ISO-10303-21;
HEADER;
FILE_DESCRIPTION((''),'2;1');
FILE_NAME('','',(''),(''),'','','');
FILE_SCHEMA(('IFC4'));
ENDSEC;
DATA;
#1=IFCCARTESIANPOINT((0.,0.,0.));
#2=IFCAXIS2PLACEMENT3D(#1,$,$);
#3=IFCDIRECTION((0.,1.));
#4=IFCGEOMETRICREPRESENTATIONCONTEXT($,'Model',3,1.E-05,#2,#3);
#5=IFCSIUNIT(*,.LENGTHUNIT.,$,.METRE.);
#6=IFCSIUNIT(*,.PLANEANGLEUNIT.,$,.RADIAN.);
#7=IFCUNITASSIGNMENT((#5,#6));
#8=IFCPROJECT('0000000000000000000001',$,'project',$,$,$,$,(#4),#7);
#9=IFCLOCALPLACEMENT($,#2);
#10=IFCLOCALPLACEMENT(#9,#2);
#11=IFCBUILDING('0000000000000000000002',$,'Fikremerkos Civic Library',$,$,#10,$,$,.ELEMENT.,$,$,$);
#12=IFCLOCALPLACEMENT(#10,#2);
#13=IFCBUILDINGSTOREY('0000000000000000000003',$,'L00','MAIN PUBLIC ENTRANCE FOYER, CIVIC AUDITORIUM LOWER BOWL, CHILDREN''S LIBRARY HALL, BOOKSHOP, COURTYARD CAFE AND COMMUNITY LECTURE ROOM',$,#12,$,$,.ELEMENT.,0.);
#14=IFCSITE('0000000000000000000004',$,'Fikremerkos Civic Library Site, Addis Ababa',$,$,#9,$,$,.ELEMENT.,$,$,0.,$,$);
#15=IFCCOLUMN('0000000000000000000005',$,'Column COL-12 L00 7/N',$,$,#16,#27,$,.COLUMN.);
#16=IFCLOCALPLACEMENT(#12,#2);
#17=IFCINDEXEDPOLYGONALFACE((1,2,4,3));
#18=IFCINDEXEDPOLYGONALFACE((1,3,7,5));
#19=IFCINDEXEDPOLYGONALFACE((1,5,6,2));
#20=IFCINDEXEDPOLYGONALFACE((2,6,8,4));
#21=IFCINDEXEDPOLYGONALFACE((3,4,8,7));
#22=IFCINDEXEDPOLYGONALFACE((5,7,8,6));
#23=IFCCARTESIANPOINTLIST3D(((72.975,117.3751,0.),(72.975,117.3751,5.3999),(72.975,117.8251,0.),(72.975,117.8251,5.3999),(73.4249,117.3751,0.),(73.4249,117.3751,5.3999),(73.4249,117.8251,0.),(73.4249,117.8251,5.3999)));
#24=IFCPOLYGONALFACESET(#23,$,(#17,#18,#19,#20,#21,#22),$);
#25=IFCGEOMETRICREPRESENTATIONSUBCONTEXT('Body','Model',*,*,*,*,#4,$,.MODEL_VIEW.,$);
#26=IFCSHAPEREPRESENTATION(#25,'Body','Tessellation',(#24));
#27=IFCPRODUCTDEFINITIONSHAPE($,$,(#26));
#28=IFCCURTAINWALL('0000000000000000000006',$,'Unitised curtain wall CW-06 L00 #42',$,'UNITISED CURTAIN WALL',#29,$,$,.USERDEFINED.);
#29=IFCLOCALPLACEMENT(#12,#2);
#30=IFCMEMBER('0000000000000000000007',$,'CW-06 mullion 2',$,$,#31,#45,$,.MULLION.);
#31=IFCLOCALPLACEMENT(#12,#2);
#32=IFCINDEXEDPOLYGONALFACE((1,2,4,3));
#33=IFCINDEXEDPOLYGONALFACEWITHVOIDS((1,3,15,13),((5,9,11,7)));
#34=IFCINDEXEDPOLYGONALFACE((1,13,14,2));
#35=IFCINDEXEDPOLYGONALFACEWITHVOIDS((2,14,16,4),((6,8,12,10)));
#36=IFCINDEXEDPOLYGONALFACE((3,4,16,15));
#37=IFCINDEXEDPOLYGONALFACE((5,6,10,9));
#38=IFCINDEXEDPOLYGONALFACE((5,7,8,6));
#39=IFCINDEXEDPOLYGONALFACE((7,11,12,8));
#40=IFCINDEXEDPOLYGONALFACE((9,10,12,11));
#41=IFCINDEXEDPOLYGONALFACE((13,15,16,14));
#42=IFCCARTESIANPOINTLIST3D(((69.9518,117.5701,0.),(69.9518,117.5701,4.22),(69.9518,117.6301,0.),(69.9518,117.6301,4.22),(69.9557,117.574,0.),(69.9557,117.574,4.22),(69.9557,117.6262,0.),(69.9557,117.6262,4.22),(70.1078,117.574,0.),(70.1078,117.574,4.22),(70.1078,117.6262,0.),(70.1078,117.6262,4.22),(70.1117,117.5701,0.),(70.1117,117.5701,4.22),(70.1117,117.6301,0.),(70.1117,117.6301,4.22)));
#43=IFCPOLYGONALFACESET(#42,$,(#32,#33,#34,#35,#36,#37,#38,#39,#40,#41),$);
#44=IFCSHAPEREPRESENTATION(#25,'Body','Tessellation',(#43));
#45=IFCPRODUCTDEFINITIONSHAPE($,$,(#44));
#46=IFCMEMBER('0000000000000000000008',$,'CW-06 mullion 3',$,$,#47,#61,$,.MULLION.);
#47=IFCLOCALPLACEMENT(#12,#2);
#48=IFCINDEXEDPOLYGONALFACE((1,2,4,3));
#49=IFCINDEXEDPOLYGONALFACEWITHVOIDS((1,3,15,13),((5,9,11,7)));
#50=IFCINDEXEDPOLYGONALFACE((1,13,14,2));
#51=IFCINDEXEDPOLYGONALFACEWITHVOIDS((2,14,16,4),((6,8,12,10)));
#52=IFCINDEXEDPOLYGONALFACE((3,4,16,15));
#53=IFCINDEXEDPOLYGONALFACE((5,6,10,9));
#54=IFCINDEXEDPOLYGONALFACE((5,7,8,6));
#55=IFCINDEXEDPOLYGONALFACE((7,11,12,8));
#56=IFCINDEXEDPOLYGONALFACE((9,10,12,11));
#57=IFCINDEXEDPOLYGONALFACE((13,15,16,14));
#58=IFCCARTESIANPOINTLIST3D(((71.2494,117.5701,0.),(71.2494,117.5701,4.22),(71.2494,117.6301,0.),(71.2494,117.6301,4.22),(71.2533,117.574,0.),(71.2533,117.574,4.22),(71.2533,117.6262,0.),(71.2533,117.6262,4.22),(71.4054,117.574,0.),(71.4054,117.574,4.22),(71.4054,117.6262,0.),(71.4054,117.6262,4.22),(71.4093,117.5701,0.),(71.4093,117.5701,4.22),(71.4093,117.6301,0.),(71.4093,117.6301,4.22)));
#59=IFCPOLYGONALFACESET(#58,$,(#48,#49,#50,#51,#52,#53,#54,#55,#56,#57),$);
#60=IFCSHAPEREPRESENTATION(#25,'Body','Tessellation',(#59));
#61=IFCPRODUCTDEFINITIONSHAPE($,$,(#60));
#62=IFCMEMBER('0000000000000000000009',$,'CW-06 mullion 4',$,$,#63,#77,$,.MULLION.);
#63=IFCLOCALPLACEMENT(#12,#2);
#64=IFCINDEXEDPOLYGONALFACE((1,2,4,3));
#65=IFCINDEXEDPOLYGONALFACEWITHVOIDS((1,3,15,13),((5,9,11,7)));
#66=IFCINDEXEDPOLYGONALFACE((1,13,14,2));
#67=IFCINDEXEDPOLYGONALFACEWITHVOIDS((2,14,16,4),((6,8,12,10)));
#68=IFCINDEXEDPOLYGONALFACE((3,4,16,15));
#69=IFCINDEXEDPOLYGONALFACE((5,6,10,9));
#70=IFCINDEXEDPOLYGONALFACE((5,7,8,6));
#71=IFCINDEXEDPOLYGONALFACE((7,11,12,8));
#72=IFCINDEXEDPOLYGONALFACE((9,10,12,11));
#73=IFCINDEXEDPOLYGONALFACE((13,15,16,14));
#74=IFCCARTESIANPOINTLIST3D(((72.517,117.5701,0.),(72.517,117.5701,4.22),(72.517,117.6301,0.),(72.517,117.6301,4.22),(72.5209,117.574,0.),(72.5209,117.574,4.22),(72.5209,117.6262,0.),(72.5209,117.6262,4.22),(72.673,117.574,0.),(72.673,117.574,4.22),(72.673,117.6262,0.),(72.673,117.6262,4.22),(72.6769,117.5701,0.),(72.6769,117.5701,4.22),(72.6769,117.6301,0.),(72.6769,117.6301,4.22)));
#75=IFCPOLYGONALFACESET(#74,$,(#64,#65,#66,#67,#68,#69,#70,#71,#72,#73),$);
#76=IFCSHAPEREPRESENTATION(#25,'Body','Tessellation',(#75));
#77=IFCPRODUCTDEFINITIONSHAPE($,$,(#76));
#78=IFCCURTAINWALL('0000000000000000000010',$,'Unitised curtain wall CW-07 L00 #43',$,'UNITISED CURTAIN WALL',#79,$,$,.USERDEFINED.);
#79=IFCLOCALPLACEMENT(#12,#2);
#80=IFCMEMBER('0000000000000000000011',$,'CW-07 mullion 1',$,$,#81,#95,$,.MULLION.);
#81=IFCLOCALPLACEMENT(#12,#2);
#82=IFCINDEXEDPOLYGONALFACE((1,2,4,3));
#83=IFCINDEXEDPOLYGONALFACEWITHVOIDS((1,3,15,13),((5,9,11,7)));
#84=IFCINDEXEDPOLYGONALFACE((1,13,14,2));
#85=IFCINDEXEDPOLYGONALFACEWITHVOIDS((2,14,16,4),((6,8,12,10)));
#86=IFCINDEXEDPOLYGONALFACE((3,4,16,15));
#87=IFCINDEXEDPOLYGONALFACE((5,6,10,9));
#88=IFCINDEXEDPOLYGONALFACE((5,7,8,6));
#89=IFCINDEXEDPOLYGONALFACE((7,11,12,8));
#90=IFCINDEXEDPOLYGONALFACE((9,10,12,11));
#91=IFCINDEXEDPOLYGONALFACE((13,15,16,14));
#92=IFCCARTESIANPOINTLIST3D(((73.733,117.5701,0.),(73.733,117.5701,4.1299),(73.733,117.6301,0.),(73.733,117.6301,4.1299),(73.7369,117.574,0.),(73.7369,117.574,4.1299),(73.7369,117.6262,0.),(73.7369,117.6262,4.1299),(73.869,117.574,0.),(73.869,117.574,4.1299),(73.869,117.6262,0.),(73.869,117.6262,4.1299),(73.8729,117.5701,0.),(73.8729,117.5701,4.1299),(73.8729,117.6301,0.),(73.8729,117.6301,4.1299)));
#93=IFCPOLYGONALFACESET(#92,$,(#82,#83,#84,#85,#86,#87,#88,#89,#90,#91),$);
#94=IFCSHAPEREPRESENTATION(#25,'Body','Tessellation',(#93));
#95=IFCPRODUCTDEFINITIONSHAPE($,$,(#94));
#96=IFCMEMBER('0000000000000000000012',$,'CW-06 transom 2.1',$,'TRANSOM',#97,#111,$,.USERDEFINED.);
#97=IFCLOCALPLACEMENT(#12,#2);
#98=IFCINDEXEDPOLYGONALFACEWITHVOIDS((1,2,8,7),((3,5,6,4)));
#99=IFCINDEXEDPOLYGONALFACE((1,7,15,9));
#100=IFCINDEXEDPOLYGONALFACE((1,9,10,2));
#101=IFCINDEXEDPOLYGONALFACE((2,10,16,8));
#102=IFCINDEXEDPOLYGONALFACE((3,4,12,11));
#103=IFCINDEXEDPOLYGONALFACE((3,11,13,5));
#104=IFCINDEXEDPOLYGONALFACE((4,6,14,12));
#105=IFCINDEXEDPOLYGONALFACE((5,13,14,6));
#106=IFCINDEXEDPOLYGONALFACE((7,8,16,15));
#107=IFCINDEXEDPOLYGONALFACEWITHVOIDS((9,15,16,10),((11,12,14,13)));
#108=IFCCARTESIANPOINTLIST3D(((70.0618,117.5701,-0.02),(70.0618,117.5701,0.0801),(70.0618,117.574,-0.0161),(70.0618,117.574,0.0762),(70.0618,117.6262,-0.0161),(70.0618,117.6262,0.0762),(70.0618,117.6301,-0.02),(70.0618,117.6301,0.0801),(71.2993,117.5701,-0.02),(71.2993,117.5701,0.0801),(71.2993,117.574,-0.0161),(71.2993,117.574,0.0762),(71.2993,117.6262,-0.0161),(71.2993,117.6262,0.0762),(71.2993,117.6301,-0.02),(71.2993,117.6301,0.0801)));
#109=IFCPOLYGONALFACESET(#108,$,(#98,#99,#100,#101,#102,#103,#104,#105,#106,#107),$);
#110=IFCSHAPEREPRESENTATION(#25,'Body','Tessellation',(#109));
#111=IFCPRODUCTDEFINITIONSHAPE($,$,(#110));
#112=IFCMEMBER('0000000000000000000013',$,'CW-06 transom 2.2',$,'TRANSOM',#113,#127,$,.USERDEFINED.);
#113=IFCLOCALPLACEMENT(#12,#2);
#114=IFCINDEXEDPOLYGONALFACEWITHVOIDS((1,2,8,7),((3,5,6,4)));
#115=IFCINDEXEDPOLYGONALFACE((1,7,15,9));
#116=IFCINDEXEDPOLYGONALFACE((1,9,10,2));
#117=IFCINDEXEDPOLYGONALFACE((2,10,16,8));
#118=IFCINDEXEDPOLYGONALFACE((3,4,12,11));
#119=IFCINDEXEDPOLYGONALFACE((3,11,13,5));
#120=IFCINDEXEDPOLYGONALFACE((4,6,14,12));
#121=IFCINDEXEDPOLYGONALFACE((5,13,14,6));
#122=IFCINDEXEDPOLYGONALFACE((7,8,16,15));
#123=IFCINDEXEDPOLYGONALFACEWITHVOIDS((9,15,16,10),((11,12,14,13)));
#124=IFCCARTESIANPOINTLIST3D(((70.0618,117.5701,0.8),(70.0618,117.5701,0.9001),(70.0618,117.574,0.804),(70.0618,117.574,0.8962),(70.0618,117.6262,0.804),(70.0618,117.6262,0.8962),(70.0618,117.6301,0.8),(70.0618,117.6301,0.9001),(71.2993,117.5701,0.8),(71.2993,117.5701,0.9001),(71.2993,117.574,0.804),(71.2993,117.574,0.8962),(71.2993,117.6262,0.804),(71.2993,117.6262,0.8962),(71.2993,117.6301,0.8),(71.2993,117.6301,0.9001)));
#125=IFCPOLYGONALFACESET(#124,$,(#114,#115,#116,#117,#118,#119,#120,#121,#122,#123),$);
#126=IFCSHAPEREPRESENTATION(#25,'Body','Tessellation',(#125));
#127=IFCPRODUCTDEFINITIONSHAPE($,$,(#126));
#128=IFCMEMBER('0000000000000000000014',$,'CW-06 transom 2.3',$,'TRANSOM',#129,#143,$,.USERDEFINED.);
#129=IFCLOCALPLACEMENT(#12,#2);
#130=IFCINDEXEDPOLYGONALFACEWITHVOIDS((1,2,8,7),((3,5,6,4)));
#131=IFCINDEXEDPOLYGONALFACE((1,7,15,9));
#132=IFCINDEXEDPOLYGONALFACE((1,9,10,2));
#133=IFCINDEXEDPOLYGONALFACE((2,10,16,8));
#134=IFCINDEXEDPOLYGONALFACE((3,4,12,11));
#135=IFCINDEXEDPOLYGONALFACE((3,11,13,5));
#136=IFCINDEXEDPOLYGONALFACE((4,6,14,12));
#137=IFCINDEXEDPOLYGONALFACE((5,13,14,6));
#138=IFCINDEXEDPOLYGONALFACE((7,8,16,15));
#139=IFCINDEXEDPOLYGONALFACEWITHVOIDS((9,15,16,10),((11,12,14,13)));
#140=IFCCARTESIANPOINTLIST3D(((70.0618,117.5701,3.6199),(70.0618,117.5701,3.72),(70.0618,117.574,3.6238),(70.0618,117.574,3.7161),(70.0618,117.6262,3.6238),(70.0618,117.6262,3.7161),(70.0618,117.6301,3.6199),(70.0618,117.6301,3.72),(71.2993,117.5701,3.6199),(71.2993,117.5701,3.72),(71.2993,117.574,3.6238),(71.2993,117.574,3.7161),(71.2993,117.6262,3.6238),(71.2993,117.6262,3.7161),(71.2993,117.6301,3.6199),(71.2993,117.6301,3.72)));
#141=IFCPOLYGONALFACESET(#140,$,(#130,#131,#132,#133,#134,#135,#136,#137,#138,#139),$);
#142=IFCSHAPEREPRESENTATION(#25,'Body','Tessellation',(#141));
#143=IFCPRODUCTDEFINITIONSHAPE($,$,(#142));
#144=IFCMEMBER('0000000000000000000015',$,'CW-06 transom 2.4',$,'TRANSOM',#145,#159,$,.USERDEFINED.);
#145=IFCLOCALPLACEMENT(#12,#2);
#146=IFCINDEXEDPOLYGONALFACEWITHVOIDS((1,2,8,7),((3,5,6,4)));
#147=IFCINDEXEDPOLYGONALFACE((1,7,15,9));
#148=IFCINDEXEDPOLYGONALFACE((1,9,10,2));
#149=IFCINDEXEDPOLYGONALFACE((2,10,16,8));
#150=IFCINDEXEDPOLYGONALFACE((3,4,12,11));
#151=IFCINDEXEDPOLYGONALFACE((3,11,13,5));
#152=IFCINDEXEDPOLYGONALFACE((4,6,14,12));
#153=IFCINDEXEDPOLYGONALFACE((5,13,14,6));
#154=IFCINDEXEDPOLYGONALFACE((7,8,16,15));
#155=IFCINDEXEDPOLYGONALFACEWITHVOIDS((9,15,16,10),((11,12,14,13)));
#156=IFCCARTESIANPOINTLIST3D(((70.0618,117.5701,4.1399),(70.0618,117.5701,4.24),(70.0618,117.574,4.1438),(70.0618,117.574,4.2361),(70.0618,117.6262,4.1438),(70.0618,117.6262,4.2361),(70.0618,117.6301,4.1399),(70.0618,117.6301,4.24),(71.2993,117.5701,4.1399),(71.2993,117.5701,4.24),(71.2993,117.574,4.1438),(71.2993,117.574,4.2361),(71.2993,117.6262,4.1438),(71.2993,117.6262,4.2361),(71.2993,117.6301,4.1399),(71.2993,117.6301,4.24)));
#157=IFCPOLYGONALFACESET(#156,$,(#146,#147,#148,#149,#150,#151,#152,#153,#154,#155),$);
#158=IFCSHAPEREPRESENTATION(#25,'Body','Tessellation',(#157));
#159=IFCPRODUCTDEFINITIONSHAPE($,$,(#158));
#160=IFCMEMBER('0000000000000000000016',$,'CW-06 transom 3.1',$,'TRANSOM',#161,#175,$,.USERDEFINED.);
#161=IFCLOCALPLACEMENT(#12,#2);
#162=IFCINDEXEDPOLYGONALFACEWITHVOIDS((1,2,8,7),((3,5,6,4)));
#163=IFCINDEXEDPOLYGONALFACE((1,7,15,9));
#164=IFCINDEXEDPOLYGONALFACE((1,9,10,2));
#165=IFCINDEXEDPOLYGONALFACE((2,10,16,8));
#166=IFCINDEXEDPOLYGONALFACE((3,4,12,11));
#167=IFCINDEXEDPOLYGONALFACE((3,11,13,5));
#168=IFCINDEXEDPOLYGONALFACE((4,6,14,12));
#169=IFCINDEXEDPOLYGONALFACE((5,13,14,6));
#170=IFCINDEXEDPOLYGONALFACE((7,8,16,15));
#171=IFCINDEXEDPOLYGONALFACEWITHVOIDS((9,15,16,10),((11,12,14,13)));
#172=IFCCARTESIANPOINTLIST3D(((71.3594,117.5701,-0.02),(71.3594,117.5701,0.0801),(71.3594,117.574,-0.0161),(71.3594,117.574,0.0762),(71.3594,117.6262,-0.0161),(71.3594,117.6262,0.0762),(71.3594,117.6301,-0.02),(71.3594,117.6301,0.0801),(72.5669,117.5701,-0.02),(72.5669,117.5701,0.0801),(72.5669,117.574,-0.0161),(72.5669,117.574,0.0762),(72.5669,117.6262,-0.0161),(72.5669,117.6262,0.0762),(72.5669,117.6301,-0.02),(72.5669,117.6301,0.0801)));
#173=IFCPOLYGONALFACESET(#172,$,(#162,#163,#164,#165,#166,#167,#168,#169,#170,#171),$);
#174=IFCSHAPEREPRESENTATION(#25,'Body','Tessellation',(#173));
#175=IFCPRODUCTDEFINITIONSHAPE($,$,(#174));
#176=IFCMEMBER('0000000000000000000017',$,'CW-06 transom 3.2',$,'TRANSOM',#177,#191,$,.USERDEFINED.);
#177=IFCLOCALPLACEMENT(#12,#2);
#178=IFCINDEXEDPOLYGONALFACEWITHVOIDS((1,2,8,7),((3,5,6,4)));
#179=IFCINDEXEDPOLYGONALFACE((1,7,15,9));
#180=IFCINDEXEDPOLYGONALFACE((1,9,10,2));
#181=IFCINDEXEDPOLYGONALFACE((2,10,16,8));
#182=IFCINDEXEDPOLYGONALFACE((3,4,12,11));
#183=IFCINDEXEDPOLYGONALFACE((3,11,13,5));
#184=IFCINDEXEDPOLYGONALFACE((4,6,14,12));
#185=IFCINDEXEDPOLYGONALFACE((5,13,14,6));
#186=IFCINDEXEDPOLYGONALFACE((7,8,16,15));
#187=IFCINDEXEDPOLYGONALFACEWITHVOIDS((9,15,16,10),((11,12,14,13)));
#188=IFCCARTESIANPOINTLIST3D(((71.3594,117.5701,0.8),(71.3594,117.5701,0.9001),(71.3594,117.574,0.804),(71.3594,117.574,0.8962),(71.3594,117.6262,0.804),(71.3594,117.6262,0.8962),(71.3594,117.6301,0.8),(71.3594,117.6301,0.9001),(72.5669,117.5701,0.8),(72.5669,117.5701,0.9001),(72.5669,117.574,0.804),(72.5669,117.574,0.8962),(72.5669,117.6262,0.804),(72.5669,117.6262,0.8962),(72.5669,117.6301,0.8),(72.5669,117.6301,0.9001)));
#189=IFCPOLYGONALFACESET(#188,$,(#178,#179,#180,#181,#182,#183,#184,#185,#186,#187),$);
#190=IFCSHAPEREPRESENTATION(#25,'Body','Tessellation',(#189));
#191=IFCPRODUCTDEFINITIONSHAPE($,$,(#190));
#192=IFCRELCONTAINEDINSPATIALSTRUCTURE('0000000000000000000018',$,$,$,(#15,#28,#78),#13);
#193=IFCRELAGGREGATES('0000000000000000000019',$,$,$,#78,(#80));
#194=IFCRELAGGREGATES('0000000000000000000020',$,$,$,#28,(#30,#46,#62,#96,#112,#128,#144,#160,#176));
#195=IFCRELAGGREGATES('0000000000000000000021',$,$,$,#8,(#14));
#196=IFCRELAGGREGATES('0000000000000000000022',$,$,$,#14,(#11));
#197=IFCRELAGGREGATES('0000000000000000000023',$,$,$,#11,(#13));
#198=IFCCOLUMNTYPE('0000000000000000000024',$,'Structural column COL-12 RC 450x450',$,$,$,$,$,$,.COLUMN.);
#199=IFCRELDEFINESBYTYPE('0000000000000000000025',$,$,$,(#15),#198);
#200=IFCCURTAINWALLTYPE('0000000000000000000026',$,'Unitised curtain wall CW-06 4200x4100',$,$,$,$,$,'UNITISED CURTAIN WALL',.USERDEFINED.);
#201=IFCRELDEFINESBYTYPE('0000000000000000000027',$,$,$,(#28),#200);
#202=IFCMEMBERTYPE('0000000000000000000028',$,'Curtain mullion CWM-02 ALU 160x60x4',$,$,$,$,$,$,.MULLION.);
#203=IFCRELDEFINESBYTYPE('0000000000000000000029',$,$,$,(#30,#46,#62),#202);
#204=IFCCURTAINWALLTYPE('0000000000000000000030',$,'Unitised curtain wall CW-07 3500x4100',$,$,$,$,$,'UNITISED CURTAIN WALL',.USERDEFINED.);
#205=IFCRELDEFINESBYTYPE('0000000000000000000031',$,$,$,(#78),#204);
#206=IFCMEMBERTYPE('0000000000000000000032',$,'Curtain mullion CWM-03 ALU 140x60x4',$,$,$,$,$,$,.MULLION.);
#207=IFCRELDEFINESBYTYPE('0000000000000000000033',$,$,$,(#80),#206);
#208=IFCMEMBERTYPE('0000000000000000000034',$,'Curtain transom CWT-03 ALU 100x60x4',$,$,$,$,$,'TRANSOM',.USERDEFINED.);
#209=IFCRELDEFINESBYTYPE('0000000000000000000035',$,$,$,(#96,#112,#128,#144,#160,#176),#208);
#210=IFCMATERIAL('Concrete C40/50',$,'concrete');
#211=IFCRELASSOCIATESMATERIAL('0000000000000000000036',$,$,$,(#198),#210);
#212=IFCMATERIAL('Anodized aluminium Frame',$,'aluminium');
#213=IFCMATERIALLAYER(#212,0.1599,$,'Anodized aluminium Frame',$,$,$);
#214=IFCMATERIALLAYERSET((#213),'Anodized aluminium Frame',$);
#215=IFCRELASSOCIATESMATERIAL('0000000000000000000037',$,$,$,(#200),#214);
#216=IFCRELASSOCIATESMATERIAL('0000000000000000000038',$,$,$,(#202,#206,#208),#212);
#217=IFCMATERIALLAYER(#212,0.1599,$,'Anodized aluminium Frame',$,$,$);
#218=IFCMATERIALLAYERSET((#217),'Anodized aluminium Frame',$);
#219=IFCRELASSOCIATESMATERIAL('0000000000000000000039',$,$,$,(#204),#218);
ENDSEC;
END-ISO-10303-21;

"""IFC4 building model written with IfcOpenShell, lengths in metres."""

from ifc_helpers import new_model, si_unit, direction, frame, origin, origin_2d, place, context, subcontext, project, spatial, rectangle, hollow_rectangle, extrude, material, layer, layer_set, material_profile, profile_set, type_object, element, aggregate, save


model = new_model("IFC4")

# Units and contexts
model_context = context("Model", 3, precision=1e-05, world=origin(), true_north=direction((0.0, 1.0)))
body_context = subcontext(model_context, "Body", "Model", "MODEL_VIEW")
ifc_project = project(units=[si_unit("LENGTHUNIT", "METRE"), si_unit("PLANEANGLEUNIT", "RADIAN")], contexts=[model_context])

# Site, building, storey
site_placement = place(None, origin())
site = spatial("IfcSite", under=ifc_project, at=site_placement, Name="Fikremerkos Civic Library Site, Addis Ababa", CompositionType="ELEMENT", RefElevation=0.0)
building_placement = place(site_placement, origin())
building = spatial("IfcBuilding", under=site, at=building_placement, Name="Fikremerkos Civic Library", CompositionType="ELEMENT")
storey_placement = place(building_placement, origin())
storey = spatial("IfcBuildingStorey", under=building, at=storey_placement, Name="L00", Description="MAIN PUBLIC ENTRANCE FOYER, CIVIC AUDITORIUM LOWER BOWL, CHILDREN'S LIBRARY HALL, BOOKSHOP, COURTYARD CAFE AND COMMUNITY LECTURE ROOM", CompositionType="ELEMENT", Elevation=0.0)

# Column
ifc_material_1 = material(Name="Concrete C40/50", Category="concrete")
ifc_material_profile_1 = material_profile(ifc_material_1, rectangle(XDim=0.45, YDim=0.45, at=origin_2d()), Name="RC 450x450")
ifc_profile_set_1 = profile_set([ifc_material_profile_1], Name="Concrete C40/50")
column_type = type_object("IfcColumnType", Name="Structural column COL-12 RC 450x450", PredefinedType="COLUMN", material=ifc_profile_set_1)
column_placement = place(storey_placement, frame((73.2, 117.6001, 0.0), z_axis=(0.0, 0.0, 1.0), x_axis=(1.0, 0.0, 0.0)))
element("IfcColumn", 1, at=column_placement, inside=storey, type_object=column_type, Name="Column COL-12 L00 7/N", PredefinedType="COLUMN", context=body_context, shape_type="SweptSolid", body=[
    extrude(rectangle(XDim=0.45, YDim=0.45, at=origin_2d()), origin(), (0.0, 0.0, 1.0), 5.3999),
])

# Curtain wall, members
ifc_material_2 = material(Name="Anodized aluminium Frame", Category="aluminium")
ifc_layer_1 = layer(ifc_material_2, 0.1599, Name="Anodized aluminium Frame")
ifc_layer_set_1 = layer_set([ifc_layer_1], Name="Anodized aluminium Frame")
curtain_wall_type_1 = type_object("IfcCurtainWallType", Name="Unitised curtain wall CW-06 4200x4100", ElementType="UNITISED CURTAIN WALL", PredefinedType="USERDEFINED", material=ifc_layer_set_1)
curtain_wall_1_placement = place(storey_placement, origin())
curtain_wall_1 = element("IfcCurtainWall", 2, at=curtain_wall_1_placement, inside=storey, type_object=curtain_wall_type_1, Name="Unitised curtain wall CW-06 L00 #42", ObjectType="UNITISED CURTAIN WALL", PredefinedType="USERDEFINED")
ifc_material_profile_2 = material_profile(ifc_material_2, hollow_rectangle(XDim=0.0601, YDim=0.1599, WallThickness=0.0039, at=origin_2d()), Name="ALU 160x60x4")
ifc_profile_set_2 = profile_set([ifc_material_profile_2], Name="Anodized aluminium Frame")
member_type_1 = type_object("IfcMemberType", Name="Curtain mullion CWM-02 ALU 160x60x4", PredefinedType="MULLION", material=ifc_profile_set_2)
member_1_placement = place(storey_placement, frame((70.0317, 117.6001, 0.0), z_axis=(0.0, 0.0, 1.0), x_axis=(0.0, 1.0, 0.0)))
member_1 = element("IfcMember", 3, at=member_1_placement, type_object=member_type_1, Name="CW-06 mullion 2", PredefinedType="MULLION", context=body_context, shape_type="SweptSolid", body=[
    extrude(hollow_rectangle(XDim=0.0601, YDim=0.1599, WallThickness=0.0039, at=origin_2d()), origin(), (0.0, 0.0, 1.0), 4.22),
])
member_2_placement = place(storey_placement, frame((71.3293, 117.6001, 0.0), z_axis=(0.0, 0.0, 1.0), x_axis=(0.0, 1.0, 0.0)))
member_2 = element("IfcMember", 4, at=member_2_placement, type_object=member_type_1, Name="CW-06 mullion 3", PredefinedType="MULLION", context=body_context, shape_type="SweptSolid", body=[
    extrude(hollow_rectangle(XDim=0.0601, YDim=0.1599, WallThickness=0.0039, at=origin_2d()), origin(), (0.0, 0.0, 1.0), 4.22),
])
member_3_placement = place(storey_placement, frame((72.5969, 117.6001, 0.0), z_axis=(0.0, 0.0, 1.0), x_axis=(0.0, 1.0, 0.0)))
member_3 = element("IfcMember", 5, at=member_3_placement, type_object=member_type_1, Name="CW-06 mullion 4", PredefinedType="MULLION", context=body_context, shape_type="SweptSolid", body=[
    extrude(hollow_rectangle(XDim=0.0601, YDim=0.1599, WallThickness=0.0039, at=origin_2d()), origin(), (0.0, 0.0, 1.0), 4.22),
])

# Curtain wall, member
ifc_layer_2 = layer(ifc_material_2, 0.1599, Name="Anodized aluminium Frame")
ifc_layer_set_2 = layer_set([ifc_layer_2], Name="Anodized aluminium Frame")
curtain_wall_type_2 = type_object("IfcCurtainWallType", Name="Unitised curtain wall CW-07 3500x4100", ElementType="UNITISED CURTAIN WALL", PredefinedType="USERDEFINED", material=ifc_layer_set_2)
curtain_wall_2_placement = place(storey_placement, origin())
curtain_wall_2 = element("IfcCurtainWall", 6, at=curtain_wall_2_placement, inside=storey, type_object=curtain_wall_type_2, Name="Unitised curtain wall CW-07 L00 #43", ObjectType="UNITISED CURTAIN WALL", PredefinedType="USERDEFINED")
ifc_material_profile_3 = material_profile(ifc_material_2, hollow_rectangle(XDim=0.0601, YDim=0.1399, WallThickness=0.0039, at=origin_2d()), Name="ALU 140x60x4")
ifc_profile_set_3 = profile_set([ifc_material_profile_3], Name="Anodized aluminium Frame")
member_type_2 = type_object("IfcMemberType", Name="Curtain mullion CWM-03 ALU 140x60x4", PredefinedType="MULLION", material=ifc_profile_set_3)
member_4_placement = place(storey_placement, frame((73.803, 117.6001, 0.0), z_axis=(0.0, 0.0, 1.0), x_axis=(0.0, 1.0, 0.0)))
member_4 = element("IfcMember", 7, at=member_4_placement, type_object=member_type_2, Name="CW-07 mullion 1", PredefinedType="MULLION", context=body_context, shape_type="SweptSolid", body=[
    extrude(hollow_rectangle(XDim=0.0601, YDim=0.1399, WallThickness=0.0039, at=origin_2d()), origin(), (0.0, 0.0, 1.0), 4.1299),
])

# Members
ifc_material_profile_4 = material_profile(ifc_material_2, hollow_rectangle(XDim=0.0601, YDim=0.1001, WallThickness=0.0039, at=origin_2d()), Name="ALU 100x60x4")
ifc_profile_set_4 = profile_set([ifc_material_profile_4], Name="Anodized aluminium Frame")
member_type_3 = type_object("IfcMemberType", Name="Curtain transom CWT-03 ALU 100x60x4", ElementType="TRANSOM", PredefinedType="USERDEFINED", material=ifc_profile_set_4)
member_5_placement = place(storey_placement, frame((70.0618, 117.6001, 0.03), z_axis=(1.0, 0.0, 0.0), x_axis=(0.0, 1.0, 0.0)))
member_5 = element("IfcMember", 8, at=member_5_placement, type_object=member_type_3, Name="CW-06 transom 2.1", ObjectType="TRANSOM", PredefinedType="USERDEFINED", context=body_context, shape_type="SweptSolid", body=[
    extrude(hollow_rectangle(XDim=0.0601, YDim=0.1001, WallThickness=0.0039, at=origin_2d()), origin(), (0.0, 0.0, 1.0), 1.2375),
])
member_6_placement = place(storey_placement, frame((70.0618, 117.6001, 0.8501), z_axis=(1.0, 0.0, 0.0), x_axis=(0.0, 1.0, 0.0)))
member_6 = element("IfcMember", 9, at=member_6_placement, type_object=member_type_3, Name="CW-06 transom 2.2", ObjectType="TRANSOM", PredefinedType="USERDEFINED", context=body_context, shape_type="SweptSolid", body=[
    extrude(hollow_rectangle(XDim=0.0601, YDim=0.1001, WallThickness=0.0039, at=origin_2d()), origin(), (0.0, 0.0, 1.0), 1.2375),
])
member_7_placement = place(storey_placement, frame((70.0618, 117.6001, 3.6699), z_axis=(1.0, 0.0, 0.0), x_axis=(0.0, 1.0, 0.0)))
member_7 = element("IfcMember", 10, at=member_7_placement, type_object=member_type_3, Name="CW-06 transom 2.3", ObjectType="TRANSOM", PredefinedType="USERDEFINED", context=body_context, shape_type="SweptSolid", body=[
    extrude(hollow_rectangle(XDim=0.0601, YDim=0.1001, WallThickness=0.0039, at=origin_2d()), origin(), (0.0, 0.0, 1.0), 1.2375),
])
member_8_placement = place(storey_placement, frame((70.0618, 117.6001, 4.1899), z_axis=(1.0, 0.0, 0.0), x_axis=(0.0, 1.0, 0.0)))
member_8 = element("IfcMember", 11, at=member_8_placement, type_object=member_type_3, Name="CW-06 transom 2.4", ObjectType="TRANSOM", PredefinedType="USERDEFINED", context=body_context, shape_type="SweptSolid", body=[
    extrude(hollow_rectangle(XDim=0.0601, YDim=0.1001, WallThickness=0.0039, at=origin_2d()), origin(), (0.0, 0.0, 1.0), 1.2375),
])
member_9_placement = place(storey_placement, frame((71.3594, 117.6001, 0.03), z_axis=(1.0, 0.0, 0.0), x_axis=(0.0, 1.0, 0.0)))
member_9 = element("IfcMember", 12, at=member_9_placement, type_object=member_type_3, Name="CW-06 transom 3.1", ObjectType="TRANSOM", PredefinedType="USERDEFINED", context=body_context, shape_type="SweptSolid", body=[
    extrude(hollow_rectangle(XDim=0.0601, YDim=0.1001, WallThickness=0.0039, at=origin_2d()), origin(), (0.0, 0.0, 1.0), 1.2075),
])
member_10_placement = place(storey_placement, frame((71.3594, 117.6001, 0.8501), z_axis=(1.0, 0.0, 0.0), x_axis=(0.0, 1.0, 0.0)))
member_10 = element("IfcMember", 13, at=member_10_placement, type_object=member_type_3, Name="CW-06 transom 3.2", ObjectType="TRANSOM", PredefinedType="USERDEFINED", context=body_context, shape_type="SweptSolid", body=[
    extrude(hollow_rectangle(XDim=0.0601, YDim=0.1001, WallThickness=0.0039, at=origin_2d()), origin(), (0.0, 0.0, 1.0), 1.2075),
])
aggregate(curtain_wall_2, [member_4])

aggregate(curtain_wall_1, [member_1, member_2, member_3, member_5, member_6, member_7, member_8, member_9, member_10])

save(model, "model.ifc")
